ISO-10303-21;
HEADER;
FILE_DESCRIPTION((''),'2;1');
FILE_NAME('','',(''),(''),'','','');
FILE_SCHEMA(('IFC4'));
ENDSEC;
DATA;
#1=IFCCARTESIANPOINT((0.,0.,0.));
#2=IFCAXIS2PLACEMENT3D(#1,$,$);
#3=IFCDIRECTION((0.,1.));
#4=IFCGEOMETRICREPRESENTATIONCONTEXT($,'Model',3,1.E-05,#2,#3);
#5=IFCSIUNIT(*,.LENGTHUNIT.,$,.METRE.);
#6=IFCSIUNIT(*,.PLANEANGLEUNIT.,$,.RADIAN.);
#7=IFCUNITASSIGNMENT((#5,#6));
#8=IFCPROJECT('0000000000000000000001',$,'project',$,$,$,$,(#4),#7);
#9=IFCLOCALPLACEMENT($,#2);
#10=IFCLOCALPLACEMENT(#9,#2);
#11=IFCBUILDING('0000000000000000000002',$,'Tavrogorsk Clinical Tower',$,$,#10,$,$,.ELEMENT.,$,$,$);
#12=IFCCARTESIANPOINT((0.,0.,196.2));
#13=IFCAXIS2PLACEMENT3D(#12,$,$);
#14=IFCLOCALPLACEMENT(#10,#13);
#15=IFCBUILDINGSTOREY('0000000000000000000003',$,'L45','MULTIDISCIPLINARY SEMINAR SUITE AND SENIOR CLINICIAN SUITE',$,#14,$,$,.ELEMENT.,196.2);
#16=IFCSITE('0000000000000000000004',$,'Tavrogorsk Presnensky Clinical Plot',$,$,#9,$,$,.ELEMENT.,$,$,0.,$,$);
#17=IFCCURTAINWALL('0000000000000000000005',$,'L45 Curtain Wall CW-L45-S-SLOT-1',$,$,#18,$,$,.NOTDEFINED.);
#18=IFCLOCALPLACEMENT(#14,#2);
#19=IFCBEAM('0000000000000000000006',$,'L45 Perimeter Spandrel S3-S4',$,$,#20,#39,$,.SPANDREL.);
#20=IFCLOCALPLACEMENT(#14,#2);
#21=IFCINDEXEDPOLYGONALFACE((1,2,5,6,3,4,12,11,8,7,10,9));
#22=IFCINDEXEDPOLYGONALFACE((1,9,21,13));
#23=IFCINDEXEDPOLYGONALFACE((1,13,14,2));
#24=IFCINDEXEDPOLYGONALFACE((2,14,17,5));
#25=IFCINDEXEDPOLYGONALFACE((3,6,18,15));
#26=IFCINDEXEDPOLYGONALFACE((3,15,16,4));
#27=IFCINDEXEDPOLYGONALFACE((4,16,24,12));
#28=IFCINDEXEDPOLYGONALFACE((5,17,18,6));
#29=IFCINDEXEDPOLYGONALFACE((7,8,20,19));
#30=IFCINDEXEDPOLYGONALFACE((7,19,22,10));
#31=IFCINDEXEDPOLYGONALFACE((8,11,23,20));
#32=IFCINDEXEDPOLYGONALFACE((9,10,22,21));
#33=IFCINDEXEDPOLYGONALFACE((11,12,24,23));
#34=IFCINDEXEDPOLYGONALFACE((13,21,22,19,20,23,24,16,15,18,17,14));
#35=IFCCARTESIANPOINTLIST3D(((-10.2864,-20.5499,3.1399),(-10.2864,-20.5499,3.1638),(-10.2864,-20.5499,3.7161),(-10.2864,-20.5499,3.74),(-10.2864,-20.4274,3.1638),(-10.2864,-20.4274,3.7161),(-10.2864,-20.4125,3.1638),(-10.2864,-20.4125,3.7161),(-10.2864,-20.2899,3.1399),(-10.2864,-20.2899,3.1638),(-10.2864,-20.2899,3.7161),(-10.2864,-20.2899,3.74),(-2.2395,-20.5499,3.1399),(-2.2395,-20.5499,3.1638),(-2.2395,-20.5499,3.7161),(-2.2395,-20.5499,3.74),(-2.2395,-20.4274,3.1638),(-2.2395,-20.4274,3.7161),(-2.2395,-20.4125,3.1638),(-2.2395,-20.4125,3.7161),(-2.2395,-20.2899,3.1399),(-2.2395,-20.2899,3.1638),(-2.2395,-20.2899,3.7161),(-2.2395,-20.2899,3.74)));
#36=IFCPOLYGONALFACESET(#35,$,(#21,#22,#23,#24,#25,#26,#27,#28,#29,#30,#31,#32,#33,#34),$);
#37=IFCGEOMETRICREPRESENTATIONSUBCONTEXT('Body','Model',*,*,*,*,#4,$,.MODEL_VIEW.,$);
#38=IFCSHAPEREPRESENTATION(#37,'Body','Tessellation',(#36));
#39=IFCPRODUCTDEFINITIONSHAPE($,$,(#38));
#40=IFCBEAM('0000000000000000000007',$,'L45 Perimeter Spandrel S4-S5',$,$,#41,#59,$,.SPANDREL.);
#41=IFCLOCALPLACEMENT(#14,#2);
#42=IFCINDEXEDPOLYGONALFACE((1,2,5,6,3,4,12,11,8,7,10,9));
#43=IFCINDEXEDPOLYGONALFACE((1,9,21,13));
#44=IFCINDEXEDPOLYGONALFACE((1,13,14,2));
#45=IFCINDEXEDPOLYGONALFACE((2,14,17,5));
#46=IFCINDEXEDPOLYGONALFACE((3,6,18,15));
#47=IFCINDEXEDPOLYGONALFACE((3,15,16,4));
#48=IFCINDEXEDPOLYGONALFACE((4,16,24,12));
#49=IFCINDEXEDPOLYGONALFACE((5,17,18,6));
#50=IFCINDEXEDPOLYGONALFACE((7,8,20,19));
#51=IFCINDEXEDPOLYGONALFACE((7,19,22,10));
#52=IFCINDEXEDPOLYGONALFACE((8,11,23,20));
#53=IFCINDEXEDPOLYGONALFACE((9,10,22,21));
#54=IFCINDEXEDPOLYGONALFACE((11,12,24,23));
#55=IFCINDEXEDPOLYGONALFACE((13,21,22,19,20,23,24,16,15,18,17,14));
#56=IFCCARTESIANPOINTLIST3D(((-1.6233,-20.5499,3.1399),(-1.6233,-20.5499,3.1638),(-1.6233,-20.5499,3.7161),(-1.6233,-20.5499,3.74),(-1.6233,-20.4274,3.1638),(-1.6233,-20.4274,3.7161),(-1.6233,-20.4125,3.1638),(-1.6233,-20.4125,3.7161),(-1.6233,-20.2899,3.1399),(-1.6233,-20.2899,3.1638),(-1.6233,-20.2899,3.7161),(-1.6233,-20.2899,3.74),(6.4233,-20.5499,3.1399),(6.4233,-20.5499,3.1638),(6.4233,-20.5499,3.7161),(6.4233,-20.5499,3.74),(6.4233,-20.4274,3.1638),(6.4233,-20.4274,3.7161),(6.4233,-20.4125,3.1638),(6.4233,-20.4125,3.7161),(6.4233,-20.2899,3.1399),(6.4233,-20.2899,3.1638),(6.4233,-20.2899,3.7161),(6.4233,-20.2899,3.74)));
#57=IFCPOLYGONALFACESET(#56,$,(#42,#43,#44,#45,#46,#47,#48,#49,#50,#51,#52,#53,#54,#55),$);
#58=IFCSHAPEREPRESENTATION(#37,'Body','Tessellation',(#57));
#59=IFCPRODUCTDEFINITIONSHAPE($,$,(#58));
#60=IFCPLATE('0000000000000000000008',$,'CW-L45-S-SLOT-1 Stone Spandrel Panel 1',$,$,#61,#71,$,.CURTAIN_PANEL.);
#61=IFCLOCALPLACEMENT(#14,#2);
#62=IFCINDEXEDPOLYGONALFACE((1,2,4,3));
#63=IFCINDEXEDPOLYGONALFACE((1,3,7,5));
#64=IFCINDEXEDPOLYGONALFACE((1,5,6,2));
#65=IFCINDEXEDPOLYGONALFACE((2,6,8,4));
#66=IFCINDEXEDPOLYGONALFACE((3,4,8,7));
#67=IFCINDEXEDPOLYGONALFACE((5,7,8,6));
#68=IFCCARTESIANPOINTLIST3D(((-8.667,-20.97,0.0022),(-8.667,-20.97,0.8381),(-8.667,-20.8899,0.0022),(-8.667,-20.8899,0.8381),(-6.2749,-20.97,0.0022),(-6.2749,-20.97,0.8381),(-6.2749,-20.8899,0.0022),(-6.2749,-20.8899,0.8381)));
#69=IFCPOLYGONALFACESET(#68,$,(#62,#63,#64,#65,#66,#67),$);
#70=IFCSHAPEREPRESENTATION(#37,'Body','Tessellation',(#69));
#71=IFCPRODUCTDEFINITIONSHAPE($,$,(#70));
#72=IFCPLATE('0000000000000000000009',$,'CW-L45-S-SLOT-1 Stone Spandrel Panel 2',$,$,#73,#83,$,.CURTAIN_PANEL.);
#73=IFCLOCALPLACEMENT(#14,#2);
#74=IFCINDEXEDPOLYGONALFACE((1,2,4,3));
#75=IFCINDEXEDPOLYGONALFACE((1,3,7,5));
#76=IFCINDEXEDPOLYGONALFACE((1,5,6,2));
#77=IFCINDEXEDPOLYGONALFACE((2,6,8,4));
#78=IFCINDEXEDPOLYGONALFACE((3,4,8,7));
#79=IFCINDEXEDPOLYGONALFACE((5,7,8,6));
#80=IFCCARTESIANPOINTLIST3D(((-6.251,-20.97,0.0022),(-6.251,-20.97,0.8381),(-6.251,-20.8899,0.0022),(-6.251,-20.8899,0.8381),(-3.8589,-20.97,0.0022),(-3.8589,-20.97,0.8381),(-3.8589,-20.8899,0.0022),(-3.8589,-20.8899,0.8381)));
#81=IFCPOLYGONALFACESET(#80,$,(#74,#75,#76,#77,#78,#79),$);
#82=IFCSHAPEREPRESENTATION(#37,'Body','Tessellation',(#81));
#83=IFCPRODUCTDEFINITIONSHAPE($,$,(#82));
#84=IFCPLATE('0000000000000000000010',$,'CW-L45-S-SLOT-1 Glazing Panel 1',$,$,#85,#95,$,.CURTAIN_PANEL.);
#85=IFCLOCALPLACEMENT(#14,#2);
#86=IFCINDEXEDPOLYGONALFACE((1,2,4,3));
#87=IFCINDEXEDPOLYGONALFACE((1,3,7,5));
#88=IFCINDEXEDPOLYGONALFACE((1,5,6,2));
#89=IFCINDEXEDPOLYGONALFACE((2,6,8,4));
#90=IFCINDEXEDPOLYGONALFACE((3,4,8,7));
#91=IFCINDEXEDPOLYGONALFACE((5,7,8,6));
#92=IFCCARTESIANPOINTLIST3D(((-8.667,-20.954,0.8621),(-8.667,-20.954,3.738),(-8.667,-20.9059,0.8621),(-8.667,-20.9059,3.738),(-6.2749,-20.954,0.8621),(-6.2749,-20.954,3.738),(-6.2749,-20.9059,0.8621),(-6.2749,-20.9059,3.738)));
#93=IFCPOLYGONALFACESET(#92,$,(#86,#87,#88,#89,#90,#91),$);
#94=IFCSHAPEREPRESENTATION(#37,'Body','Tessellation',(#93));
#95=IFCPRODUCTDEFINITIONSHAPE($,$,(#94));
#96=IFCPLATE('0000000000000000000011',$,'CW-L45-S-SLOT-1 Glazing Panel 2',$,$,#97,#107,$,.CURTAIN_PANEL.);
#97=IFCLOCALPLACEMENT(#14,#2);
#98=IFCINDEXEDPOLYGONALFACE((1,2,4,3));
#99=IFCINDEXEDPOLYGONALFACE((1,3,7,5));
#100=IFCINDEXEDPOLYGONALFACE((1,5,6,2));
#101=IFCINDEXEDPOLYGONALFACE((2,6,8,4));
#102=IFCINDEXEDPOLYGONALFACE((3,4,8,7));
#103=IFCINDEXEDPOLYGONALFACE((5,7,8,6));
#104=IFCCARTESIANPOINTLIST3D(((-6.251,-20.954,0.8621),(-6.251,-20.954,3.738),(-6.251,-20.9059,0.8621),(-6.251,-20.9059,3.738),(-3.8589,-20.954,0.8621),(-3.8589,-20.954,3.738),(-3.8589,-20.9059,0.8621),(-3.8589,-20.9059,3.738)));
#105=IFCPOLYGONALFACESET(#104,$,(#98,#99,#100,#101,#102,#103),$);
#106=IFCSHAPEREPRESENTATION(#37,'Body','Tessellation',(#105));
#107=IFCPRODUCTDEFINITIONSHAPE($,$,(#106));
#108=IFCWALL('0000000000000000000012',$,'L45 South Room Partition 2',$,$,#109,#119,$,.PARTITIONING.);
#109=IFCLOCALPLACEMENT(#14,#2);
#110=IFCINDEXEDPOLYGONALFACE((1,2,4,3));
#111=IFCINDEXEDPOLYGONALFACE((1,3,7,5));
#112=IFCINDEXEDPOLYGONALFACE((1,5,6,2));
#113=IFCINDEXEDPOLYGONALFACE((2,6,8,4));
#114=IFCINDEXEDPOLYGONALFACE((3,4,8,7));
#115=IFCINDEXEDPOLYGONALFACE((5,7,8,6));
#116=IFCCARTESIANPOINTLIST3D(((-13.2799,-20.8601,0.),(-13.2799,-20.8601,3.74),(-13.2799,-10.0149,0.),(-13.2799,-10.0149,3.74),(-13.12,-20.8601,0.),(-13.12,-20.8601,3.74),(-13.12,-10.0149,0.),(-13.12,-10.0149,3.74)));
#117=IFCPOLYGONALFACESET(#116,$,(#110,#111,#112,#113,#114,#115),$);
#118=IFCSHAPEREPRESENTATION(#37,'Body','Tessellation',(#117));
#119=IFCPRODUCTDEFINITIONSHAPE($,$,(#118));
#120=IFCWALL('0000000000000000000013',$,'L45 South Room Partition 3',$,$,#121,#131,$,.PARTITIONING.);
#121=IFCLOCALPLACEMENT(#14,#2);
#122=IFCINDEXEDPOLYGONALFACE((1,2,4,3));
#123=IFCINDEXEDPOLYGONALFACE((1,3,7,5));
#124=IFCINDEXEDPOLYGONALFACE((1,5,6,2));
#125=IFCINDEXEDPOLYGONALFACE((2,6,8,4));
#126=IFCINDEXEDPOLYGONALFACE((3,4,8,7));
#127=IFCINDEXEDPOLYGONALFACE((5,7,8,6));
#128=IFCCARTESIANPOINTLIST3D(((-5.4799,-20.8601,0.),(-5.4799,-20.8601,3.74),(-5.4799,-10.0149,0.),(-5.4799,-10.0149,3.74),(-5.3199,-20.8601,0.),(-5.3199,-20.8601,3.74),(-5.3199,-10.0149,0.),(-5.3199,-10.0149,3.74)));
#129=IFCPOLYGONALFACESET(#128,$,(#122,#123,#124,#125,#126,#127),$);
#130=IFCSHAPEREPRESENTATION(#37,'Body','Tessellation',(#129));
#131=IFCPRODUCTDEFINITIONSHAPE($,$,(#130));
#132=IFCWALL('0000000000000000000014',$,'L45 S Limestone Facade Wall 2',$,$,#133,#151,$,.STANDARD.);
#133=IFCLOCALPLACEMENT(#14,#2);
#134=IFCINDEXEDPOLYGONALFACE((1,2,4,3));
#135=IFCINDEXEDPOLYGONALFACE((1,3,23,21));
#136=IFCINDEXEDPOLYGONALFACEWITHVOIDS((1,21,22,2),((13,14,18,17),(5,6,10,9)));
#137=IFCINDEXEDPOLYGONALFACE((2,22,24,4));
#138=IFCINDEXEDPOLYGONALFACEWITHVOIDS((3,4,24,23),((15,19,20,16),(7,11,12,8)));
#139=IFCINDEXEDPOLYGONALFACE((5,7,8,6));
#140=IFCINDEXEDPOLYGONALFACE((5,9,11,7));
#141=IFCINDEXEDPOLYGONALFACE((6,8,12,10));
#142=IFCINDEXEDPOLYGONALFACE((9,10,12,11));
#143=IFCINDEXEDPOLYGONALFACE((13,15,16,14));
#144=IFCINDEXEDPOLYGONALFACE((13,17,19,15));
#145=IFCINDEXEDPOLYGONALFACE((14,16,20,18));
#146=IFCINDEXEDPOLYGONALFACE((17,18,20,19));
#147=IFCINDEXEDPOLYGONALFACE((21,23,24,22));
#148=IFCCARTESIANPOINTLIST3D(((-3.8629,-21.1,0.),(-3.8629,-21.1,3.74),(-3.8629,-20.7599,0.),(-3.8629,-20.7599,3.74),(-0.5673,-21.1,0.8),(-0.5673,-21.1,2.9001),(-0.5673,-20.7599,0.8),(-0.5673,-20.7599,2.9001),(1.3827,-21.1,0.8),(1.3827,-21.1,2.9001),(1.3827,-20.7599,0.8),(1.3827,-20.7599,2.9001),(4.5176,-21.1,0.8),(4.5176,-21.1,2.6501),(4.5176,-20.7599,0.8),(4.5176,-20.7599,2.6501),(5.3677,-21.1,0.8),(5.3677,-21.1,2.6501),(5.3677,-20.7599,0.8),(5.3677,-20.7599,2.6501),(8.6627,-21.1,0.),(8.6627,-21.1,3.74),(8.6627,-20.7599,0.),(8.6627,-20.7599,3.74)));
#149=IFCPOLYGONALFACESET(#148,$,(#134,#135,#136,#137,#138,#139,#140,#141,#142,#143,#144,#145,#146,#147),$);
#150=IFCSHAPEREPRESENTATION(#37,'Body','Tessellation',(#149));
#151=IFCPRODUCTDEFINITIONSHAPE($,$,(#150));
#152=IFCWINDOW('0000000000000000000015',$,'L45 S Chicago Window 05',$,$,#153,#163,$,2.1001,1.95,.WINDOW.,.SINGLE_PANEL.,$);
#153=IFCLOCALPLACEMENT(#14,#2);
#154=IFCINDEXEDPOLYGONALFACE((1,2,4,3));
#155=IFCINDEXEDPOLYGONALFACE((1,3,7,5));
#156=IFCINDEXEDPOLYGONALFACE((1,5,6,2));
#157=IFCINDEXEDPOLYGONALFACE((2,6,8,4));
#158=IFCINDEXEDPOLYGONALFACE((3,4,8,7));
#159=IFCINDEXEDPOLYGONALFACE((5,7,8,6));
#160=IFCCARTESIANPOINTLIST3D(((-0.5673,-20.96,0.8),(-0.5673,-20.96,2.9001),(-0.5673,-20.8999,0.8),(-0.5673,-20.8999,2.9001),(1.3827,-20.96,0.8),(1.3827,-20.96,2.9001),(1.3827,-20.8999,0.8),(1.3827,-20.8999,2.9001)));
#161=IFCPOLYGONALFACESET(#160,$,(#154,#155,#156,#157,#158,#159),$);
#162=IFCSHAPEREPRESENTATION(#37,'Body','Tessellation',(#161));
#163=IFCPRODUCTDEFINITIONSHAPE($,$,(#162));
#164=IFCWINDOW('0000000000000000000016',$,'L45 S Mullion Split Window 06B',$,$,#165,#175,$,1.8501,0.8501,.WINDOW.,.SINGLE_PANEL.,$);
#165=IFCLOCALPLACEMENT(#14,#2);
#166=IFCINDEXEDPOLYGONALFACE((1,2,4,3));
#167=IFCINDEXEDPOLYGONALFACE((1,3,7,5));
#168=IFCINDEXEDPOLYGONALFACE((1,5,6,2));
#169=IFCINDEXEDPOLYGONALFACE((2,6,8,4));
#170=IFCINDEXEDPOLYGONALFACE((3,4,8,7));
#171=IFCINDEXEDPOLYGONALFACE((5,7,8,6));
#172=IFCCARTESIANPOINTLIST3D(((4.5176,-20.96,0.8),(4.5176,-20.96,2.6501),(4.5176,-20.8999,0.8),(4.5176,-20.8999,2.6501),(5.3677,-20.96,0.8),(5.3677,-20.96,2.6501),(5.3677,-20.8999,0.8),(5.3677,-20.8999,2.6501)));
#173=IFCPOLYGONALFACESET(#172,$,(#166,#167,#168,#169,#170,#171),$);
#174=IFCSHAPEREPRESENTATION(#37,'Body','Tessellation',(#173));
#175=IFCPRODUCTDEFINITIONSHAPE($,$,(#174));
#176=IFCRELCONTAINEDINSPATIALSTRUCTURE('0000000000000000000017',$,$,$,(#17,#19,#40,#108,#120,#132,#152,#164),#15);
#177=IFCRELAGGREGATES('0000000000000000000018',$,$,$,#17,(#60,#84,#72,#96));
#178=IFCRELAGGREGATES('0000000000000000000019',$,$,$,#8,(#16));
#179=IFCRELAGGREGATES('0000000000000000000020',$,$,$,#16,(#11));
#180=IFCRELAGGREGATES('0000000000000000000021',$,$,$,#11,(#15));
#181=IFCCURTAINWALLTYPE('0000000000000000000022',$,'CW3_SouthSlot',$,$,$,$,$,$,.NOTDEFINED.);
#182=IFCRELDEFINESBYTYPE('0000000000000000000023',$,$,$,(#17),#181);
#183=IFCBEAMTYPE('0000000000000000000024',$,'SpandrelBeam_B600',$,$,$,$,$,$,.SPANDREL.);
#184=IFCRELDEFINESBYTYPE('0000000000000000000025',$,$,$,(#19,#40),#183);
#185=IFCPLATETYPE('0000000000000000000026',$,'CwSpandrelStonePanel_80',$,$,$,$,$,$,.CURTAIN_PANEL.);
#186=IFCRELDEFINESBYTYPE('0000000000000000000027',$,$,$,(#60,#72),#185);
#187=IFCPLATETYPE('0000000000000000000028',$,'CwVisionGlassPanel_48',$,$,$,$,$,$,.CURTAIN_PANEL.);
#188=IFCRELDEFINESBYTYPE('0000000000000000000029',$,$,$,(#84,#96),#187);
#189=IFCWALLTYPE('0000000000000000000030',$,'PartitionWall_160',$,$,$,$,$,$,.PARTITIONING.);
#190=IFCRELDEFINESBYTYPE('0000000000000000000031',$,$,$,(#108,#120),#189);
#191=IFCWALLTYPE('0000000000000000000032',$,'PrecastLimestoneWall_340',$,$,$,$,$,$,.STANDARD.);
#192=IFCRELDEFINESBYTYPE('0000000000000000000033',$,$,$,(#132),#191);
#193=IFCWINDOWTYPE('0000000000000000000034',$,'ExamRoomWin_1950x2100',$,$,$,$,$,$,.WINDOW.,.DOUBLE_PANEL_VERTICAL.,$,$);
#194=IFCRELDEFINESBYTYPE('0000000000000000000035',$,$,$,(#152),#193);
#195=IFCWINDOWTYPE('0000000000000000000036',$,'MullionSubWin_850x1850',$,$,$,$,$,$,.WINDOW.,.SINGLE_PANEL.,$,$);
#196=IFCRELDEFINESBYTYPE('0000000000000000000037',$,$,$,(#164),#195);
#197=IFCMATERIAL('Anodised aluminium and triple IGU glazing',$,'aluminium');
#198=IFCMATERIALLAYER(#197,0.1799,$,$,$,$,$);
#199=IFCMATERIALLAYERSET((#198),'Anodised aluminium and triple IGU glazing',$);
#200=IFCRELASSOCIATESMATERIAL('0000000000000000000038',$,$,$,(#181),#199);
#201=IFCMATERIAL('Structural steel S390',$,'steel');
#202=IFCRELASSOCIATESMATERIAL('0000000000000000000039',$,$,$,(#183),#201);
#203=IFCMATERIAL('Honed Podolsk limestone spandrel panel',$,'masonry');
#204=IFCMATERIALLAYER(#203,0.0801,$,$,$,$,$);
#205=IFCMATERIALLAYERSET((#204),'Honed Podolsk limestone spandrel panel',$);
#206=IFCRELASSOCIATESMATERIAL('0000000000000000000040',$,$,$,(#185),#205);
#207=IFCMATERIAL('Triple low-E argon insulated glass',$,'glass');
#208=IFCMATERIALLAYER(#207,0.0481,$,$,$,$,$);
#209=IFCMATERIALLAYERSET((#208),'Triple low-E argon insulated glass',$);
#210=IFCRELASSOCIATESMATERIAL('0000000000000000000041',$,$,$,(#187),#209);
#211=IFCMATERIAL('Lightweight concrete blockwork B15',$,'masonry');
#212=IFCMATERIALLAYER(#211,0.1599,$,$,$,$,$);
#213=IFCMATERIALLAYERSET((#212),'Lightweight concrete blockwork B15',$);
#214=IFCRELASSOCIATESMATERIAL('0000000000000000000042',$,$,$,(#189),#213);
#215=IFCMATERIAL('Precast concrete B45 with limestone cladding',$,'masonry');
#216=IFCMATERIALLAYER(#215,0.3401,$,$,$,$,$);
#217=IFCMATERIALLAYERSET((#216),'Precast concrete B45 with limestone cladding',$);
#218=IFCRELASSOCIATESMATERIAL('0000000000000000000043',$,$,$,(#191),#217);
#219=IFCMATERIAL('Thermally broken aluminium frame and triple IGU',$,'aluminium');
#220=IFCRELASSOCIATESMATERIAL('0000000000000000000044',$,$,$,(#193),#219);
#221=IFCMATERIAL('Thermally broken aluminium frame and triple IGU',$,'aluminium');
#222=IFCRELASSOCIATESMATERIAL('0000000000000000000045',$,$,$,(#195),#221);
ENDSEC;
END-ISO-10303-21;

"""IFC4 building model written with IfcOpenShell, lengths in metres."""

from ifc_helpers import new_model, si_unit, direction, frame, frame_2d, origin, origin_2d, place, context, subcontext, project, spatial, rectangle, i_section, extrude, material, layer, layer_set, material_profile, profile_set, type_object, element, fill, aggregate, save


model = new_model("IFC4")

# Units and contexts
model_context = context("Model", 3, precision=1e-05, world=origin(), true_north=direction((0.0, 1.0)))
body_context = subcontext(model_context, "Body", "Model", "MODEL_VIEW")
ifc_project = project(units=[si_unit("LENGTHUNIT", "METRE"), si_unit("PLANEANGLEUNIT", "RADIAN")], contexts=[model_context])

# Site, building, storey
site_placement = place(None, origin())
site = spatial("IfcSite", under=ifc_project, at=site_placement, Name="Tavrogorsk Presnensky Clinical Plot", CompositionType="ELEMENT", RefElevation=0.0)
building_placement = place(site_placement, origin())
building = spatial("IfcBuilding", under=site, at=building_placement, Name="Tavrogorsk Clinical Tower", CompositionType="ELEMENT")
storey_placement = place(building_placement, frame((0.0, 0.0, 196.2)))
storey = spatial("IfcBuildingStorey", under=building, at=storey_placement, Name="L45", Description="MULTIDISCIPLINARY SEMINAR SUITE AND SENIOR CLINICIAN SUITE", CompositionType="ELEMENT", Elevation=196.2)

# Curtain wall
ifc_material_1 = material(Name="Anodised aluminium and triple IGU glazing", Category="aluminium")
ifc_layer_1 = layer(ifc_material_1, 0.1799)
ifc_layer_set_1 = layer_set([ifc_layer_1], Name="Anodised aluminium and triple IGU glazing")
curtain_wall_type = type_object("IfcCurtainWallType", Name="CW3_SouthSlot", PredefinedType="NOTDEFINED", material=ifc_layer_set_1)
curtain_wall_placement = place(storey_placement, origin())
curtain_wall = element("IfcCurtainWall", 1, at=curtain_wall_placement, inside=storey, type_object=curtain_wall_type, Name="L45 Curtain Wall CW-L45-S-SLOT-1", PredefinedType="NOTDEFINED")

# Beams
ifc_material_2 = material(Name="Structural steel S390", Category="steel")
ifc_material_profile_1 = material_profile(ifc_material_2, i_section(OverallWidth=0.26, OverallDepth=0.6001, WebThickness=0.0149, FlangeThickness=0.0239, at=origin_2d()), Name="B-600x260x15x24")
ifc_profile_set_1 = profile_set([ifc_material_profile_1], Name="Structural steel S390")
beam_type_1 = type_object("IfcBeamType", Name="SpandrelBeam_B600", PredefinedType="SPANDREL", material=ifc_profile_set_1)
beam_1_placement = place(storey_placement, frame((-10.2864, -20.4199, 3.4399), z_axis=(1.0, 0.0, 0.0), x_axis=(0.0, 1.0, 0.0)))
element("IfcBeam", 2, at=beam_1_placement, inside=storey, type_object=beam_type_1, Name="L45 Perimeter Spandrel S3-S4", PredefinedType="SPANDREL", context=body_context, shape_type="SweptSolid", body=[
    extrude(i_section(OverallWidth=0.26, OverallDepth=0.6001, WebThickness=0.0149, FlangeThickness=0.0239, at=origin_2d()), origin(), (0.0, 0.0, 1.0), 8.0469),
])
beam_2_placement = place(storey_placement, frame((-1.6233, -20.4199, 3.4399), z_axis=(1.0, 0.0, 0.0), x_axis=(0.0, 1.0, 0.0)))
element("IfcBeam", 3, at=beam_2_placement, inside=storey, type_object=beam_type_1, Name="L45 Perimeter Spandrel S4-S5", PredefinedType="SPANDREL", context=body_context, shape_type="SweptSolid", body=[
    extrude(i_section(OverallWidth=0.26, OverallDepth=0.6001, WebThickness=0.0149, FlangeThickness=0.0239, at=origin_2d()), origin(), (0.0, 0.0, 1.0), 8.0466),
])

# Plates
ifc_material_3 = material(Name="Honed Podolsk limestone spandrel panel", Category="masonry")
ifc_layer_2 = layer(ifc_material_3, 0.0801)
ifc_layer_set_2 = layer_set([ifc_layer_2], Name="Honed Podolsk limestone spandrel panel")
plate_type_1 = type_object("IfcPlateType", Name="CwSpandrelStonePanel_80", PredefinedType="CURTAIN_PANEL", material=ifc_layer_set_2)
plate_1_placement = place(storey_placement, frame((-7.4709, -20.9299, 0.0022), z_axis=(0.0, 0.0, 1.0), x_axis=(1.0, 0.0, 0.0)))
plate_1 = element("IfcPlate", 4, at=plate_1_placement, type_object=plate_type_1, Name="CW-L45-S-SLOT-1 Stone Spandrel Panel 1", PredefinedType="CURTAIN_PANEL", context=body_context, shape_type="SweptSolid", body=[
    extrude(rectangle(XDim=2.3921, YDim=0.0801, at=origin_2d()), origin(), (0.0, 0.0, 1.0), 0.8359),
])
plate_2_placement = place(storey_placement, frame((-5.0549, -20.9299, 0.0022), z_axis=(0.0, 0.0, 1.0), x_axis=(1.0, 0.0, 0.0)))
plate_2 = element("IfcPlate", 5, at=plate_2_placement, type_object=plate_type_1, Name="CW-L45-S-SLOT-1 Stone Spandrel Panel 2", PredefinedType="CURTAIN_PANEL", context=body_context, shape_type="SweptSolid", body=[
    extrude(rectangle(XDim=2.3921, YDim=0.0801, at=origin_2d()), origin(), (0.0, 0.0, 1.0), 0.8359),
])
ifc_material_4 = material(Name="Triple low-E argon insulated glass", Category="glass")
ifc_layer_3 = layer(ifc_material_4, 0.0481)
ifc_layer_set_3 = layer_set([ifc_layer_3], Name="Triple low-E argon insulated glass")
plate_type_2 = type_object("IfcPlateType", Name="CwVisionGlassPanel_48", PredefinedType="CURTAIN_PANEL", material=ifc_layer_set_3)
plate_3_placement = place(storey_placement, frame((-7.4709, -20.9299, 0.8621), z_axis=(0.0, 0.0, 1.0), x_axis=(1.0, 0.0, 0.0)))
plate_3 = element("IfcPlate", 6, at=plate_3_placement, type_object=plate_type_2, Name="CW-L45-S-SLOT-1 Glazing Panel 1", PredefinedType="CURTAIN_PANEL", context=body_context, shape_type="SweptSolid", body=[
    extrude(rectangle(XDim=2.3921, YDim=0.0481, at=origin_2d()), origin(), (0.0, 0.0, 1.0), 2.876),
])
plate_4_placement = place(storey_placement, frame((-5.0549, -20.9299, 0.8621), z_axis=(0.0, 0.0, 1.0), x_axis=(1.0, 0.0, 0.0)))
plate_4 = element("IfcPlate", 7, at=plate_4_placement, type_object=plate_type_2, Name="CW-L45-S-SLOT-1 Glazing Panel 2", PredefinedType="CURTAIN_PANEL", context=body_context, shape_type="SweptSolid", body=[
    extrude(rectangle(XDim=2.3921, YDim=0.0481, at=origin_2d()), origin(), (0.0, 0.0, 1.0), 2.876),
])
aggregate(curtain_wall, [plate_1, plate_3, plate_2, plate_4])

# Walls
ifc_material_5 = material(Name="Lightweight concrete blockwork B15", Category="masonry")
ifc_layer_4 = layer(ifc_material_5, 0.1599)
ifc_layer_set_4 = layer_set([ifc_layer_4], Name="Lightweight concrete blockwork B15")
wall_type_1 = type_object("IfcWallType", Name="PartitionWall_160", PredefinedType="PARTITIONING", material=ifc_layer_set_4)
for number, where, z_axis, x_axis, name in (
    (8, (-13.2, -20.8601, 0.0), (0.0, 0.0, 1.0), (0.0, 1.0, 0.0), "L45 South Room Partition 2"),
    (9, (-5.3999, -20.8601, 0.0), (0.0, 0.0, 1.0), (0.0, 1.0, 0.0), "L45 South Room Partition 3"),
):
    element("IfcWall", number, at=place(storey_placement, frame(where, z_axis=z_axis, x_axis=x_axis)), inside=storey, type_object=wall_type_1, Name=name, PredefinedType="PARTITIONING", context=body_context, shape_type="SweptSolid", body=[
        extrude(rectangle(XDim=10.8452, YDim=0.1599, at=frame_2d((5.4226, 0.0))), origin(), (0.0, 0.0, 1.0), 3.74),
    ])

# Wall, openings, windows
ifc_material_6 = material(Name="Precast concrete B45 with limestone cladding", Category="masonry")
ifc_layer_5 = layer(ifc_material_6, 0.3401)
ifc_layer_set_5 = layer_set([ifc_layer_5], Name="Precast concrete B45 with limestone cladding")
wall_type_2 = type_object("IfcWallType", Name="PrecastLimestoneWall_340", PredefinedType="STANDARD", material=ifc_layer_set_5)
wall_placement = place(storey_placement, frame((-3.8628, -20.9299, 0.0), z_axis=(0.0, 0.0, 1.0), x_axis=(1.0, 0.0, 0.0)))
wall = element("IfcWall", 10, at=wall_placement, inside=storey, type_object=wall_type_2, Name="L45 S Limestone Facade Wall 2", PredefinedType="STANDARD", context=body_context, shape_type="SweptSolid", body=[
    extrude(rectangle(XDim=12.5256, YDim=0.3401, at=frame_2d((6.2627, 0.0))), origin(), (0.0, 0.0, 1.0), 3.74),
])
opening_1_placement = place(wall_placement, frame((3.2954, 0.0, 0.8)))
opening_1 = element("IfcOpeningElement", 11, at=opening_1_placement, cuts=wall, PredefinedType="OPENING", context=body_context, shape_type="SweptSolid", body=[
    extrude(rectangle(XDim=1.95, YDim=2.1001, at=frame_2d((0.9751, 1.05))), frame((0.0, 0.1799, 0.0), z_axis=(0.0, -1.0, 0.0), x_axis=(1.0, 0.0, 0.0)), (0.0, 0.0, 1.0), 0.3601),
])
opening_2_placement = place(wall_placement, frame((8.3804, 0.0, 0.8)))
opening_2 = element("IfcOpeningElement", 12, at=opening_2_placement, cuts=wall, PredefinedType="OPENING", context=body_context, shape_type="SweptSolid", body=[
    extrude(rectangle(XDim=0.8501, YDim=1.8501, at=frame_2d((0.425, 0.925))), frame((0.0, 0.1799, 0.0), z_axis=(0.0, -1.0, 0.0), x_axis=(1.0, 0.0, 0.0)), (0.0, 0.0, 1.0), 0.3601),
])
ifc_material_7 = material(Name="Thermally broken aluminium frame and triple IGU", Category="aluminium")
window_type_1 = type_object("IfcWindowType", Name="ExamRoomWin_1950x2100", PartitioningType="DOUBLE_PANEL_VERTICAL", PredefinedType="WINDOW", material=ifc_material_7)
window_1_placement = place(opening_1_placement, origin())
window_1 = element("IfcWindow", 13, at=window_1_placement, inside=storey, type_object=window_type_1, Name="L45 S Chicago Window 05", OverallHeight=2.1001, OverallWidth=1.95, PartitioningType="SINGLE_PANEL", PredefinedType="WINDOW", context=body_context, shape_type="SweptSolid", body=[
    extrude(rectangle(XDim=1.95, YDim=2.1001, at=frame_2d((0.9751, 1.05))), frame((0.0, 0.03, 0.0), z_axis=(0.0, -1.0, 0.0), x_axis=(1.0, 0.0, 0.0)), (0.0, 0.0, 1.0), 0.0601),
])
fill(opening_1, window_1)
ifc_material_8 = material(Name="Thermally broken aluminium frame and triple IGU", Category="aluminium")
window_type_2 = type_object("IfcWindowType", Name="MullionSubWin_850x1850", PartitioningType="SINGLE_PANEL", PredefinedType="WINDOW", material=ifc_material_8)
window_2_placement = place(opening_2_placement, origin())
window_2 = element("IfcWindow", 14, at=window_2_placement, inside=storey, type_object=window_type_2, Name="L45 S Mullion Split Window 06B", OverallHeight=1.8501, OverallWidth=0.8501, PartitioningType="SINGLE_PANEL", PredefinedType="WINDOW", context=body_context, shape_type="SweptSolid", body=[
    extrude(rectangle(XDim=0.8501, YDim=1.8501, at=frame_2d((0.425, 0.925))), frame((0.0, 0.03, 0.0), z_axis=(0.0, -1.0, 0.0), x_axis=(1.0, 0.0, 0.0)), (0.0, 0.0, 1.0), 0.0601),
])
fill(opening_2, window_2)

save(model, "model.ifc")
